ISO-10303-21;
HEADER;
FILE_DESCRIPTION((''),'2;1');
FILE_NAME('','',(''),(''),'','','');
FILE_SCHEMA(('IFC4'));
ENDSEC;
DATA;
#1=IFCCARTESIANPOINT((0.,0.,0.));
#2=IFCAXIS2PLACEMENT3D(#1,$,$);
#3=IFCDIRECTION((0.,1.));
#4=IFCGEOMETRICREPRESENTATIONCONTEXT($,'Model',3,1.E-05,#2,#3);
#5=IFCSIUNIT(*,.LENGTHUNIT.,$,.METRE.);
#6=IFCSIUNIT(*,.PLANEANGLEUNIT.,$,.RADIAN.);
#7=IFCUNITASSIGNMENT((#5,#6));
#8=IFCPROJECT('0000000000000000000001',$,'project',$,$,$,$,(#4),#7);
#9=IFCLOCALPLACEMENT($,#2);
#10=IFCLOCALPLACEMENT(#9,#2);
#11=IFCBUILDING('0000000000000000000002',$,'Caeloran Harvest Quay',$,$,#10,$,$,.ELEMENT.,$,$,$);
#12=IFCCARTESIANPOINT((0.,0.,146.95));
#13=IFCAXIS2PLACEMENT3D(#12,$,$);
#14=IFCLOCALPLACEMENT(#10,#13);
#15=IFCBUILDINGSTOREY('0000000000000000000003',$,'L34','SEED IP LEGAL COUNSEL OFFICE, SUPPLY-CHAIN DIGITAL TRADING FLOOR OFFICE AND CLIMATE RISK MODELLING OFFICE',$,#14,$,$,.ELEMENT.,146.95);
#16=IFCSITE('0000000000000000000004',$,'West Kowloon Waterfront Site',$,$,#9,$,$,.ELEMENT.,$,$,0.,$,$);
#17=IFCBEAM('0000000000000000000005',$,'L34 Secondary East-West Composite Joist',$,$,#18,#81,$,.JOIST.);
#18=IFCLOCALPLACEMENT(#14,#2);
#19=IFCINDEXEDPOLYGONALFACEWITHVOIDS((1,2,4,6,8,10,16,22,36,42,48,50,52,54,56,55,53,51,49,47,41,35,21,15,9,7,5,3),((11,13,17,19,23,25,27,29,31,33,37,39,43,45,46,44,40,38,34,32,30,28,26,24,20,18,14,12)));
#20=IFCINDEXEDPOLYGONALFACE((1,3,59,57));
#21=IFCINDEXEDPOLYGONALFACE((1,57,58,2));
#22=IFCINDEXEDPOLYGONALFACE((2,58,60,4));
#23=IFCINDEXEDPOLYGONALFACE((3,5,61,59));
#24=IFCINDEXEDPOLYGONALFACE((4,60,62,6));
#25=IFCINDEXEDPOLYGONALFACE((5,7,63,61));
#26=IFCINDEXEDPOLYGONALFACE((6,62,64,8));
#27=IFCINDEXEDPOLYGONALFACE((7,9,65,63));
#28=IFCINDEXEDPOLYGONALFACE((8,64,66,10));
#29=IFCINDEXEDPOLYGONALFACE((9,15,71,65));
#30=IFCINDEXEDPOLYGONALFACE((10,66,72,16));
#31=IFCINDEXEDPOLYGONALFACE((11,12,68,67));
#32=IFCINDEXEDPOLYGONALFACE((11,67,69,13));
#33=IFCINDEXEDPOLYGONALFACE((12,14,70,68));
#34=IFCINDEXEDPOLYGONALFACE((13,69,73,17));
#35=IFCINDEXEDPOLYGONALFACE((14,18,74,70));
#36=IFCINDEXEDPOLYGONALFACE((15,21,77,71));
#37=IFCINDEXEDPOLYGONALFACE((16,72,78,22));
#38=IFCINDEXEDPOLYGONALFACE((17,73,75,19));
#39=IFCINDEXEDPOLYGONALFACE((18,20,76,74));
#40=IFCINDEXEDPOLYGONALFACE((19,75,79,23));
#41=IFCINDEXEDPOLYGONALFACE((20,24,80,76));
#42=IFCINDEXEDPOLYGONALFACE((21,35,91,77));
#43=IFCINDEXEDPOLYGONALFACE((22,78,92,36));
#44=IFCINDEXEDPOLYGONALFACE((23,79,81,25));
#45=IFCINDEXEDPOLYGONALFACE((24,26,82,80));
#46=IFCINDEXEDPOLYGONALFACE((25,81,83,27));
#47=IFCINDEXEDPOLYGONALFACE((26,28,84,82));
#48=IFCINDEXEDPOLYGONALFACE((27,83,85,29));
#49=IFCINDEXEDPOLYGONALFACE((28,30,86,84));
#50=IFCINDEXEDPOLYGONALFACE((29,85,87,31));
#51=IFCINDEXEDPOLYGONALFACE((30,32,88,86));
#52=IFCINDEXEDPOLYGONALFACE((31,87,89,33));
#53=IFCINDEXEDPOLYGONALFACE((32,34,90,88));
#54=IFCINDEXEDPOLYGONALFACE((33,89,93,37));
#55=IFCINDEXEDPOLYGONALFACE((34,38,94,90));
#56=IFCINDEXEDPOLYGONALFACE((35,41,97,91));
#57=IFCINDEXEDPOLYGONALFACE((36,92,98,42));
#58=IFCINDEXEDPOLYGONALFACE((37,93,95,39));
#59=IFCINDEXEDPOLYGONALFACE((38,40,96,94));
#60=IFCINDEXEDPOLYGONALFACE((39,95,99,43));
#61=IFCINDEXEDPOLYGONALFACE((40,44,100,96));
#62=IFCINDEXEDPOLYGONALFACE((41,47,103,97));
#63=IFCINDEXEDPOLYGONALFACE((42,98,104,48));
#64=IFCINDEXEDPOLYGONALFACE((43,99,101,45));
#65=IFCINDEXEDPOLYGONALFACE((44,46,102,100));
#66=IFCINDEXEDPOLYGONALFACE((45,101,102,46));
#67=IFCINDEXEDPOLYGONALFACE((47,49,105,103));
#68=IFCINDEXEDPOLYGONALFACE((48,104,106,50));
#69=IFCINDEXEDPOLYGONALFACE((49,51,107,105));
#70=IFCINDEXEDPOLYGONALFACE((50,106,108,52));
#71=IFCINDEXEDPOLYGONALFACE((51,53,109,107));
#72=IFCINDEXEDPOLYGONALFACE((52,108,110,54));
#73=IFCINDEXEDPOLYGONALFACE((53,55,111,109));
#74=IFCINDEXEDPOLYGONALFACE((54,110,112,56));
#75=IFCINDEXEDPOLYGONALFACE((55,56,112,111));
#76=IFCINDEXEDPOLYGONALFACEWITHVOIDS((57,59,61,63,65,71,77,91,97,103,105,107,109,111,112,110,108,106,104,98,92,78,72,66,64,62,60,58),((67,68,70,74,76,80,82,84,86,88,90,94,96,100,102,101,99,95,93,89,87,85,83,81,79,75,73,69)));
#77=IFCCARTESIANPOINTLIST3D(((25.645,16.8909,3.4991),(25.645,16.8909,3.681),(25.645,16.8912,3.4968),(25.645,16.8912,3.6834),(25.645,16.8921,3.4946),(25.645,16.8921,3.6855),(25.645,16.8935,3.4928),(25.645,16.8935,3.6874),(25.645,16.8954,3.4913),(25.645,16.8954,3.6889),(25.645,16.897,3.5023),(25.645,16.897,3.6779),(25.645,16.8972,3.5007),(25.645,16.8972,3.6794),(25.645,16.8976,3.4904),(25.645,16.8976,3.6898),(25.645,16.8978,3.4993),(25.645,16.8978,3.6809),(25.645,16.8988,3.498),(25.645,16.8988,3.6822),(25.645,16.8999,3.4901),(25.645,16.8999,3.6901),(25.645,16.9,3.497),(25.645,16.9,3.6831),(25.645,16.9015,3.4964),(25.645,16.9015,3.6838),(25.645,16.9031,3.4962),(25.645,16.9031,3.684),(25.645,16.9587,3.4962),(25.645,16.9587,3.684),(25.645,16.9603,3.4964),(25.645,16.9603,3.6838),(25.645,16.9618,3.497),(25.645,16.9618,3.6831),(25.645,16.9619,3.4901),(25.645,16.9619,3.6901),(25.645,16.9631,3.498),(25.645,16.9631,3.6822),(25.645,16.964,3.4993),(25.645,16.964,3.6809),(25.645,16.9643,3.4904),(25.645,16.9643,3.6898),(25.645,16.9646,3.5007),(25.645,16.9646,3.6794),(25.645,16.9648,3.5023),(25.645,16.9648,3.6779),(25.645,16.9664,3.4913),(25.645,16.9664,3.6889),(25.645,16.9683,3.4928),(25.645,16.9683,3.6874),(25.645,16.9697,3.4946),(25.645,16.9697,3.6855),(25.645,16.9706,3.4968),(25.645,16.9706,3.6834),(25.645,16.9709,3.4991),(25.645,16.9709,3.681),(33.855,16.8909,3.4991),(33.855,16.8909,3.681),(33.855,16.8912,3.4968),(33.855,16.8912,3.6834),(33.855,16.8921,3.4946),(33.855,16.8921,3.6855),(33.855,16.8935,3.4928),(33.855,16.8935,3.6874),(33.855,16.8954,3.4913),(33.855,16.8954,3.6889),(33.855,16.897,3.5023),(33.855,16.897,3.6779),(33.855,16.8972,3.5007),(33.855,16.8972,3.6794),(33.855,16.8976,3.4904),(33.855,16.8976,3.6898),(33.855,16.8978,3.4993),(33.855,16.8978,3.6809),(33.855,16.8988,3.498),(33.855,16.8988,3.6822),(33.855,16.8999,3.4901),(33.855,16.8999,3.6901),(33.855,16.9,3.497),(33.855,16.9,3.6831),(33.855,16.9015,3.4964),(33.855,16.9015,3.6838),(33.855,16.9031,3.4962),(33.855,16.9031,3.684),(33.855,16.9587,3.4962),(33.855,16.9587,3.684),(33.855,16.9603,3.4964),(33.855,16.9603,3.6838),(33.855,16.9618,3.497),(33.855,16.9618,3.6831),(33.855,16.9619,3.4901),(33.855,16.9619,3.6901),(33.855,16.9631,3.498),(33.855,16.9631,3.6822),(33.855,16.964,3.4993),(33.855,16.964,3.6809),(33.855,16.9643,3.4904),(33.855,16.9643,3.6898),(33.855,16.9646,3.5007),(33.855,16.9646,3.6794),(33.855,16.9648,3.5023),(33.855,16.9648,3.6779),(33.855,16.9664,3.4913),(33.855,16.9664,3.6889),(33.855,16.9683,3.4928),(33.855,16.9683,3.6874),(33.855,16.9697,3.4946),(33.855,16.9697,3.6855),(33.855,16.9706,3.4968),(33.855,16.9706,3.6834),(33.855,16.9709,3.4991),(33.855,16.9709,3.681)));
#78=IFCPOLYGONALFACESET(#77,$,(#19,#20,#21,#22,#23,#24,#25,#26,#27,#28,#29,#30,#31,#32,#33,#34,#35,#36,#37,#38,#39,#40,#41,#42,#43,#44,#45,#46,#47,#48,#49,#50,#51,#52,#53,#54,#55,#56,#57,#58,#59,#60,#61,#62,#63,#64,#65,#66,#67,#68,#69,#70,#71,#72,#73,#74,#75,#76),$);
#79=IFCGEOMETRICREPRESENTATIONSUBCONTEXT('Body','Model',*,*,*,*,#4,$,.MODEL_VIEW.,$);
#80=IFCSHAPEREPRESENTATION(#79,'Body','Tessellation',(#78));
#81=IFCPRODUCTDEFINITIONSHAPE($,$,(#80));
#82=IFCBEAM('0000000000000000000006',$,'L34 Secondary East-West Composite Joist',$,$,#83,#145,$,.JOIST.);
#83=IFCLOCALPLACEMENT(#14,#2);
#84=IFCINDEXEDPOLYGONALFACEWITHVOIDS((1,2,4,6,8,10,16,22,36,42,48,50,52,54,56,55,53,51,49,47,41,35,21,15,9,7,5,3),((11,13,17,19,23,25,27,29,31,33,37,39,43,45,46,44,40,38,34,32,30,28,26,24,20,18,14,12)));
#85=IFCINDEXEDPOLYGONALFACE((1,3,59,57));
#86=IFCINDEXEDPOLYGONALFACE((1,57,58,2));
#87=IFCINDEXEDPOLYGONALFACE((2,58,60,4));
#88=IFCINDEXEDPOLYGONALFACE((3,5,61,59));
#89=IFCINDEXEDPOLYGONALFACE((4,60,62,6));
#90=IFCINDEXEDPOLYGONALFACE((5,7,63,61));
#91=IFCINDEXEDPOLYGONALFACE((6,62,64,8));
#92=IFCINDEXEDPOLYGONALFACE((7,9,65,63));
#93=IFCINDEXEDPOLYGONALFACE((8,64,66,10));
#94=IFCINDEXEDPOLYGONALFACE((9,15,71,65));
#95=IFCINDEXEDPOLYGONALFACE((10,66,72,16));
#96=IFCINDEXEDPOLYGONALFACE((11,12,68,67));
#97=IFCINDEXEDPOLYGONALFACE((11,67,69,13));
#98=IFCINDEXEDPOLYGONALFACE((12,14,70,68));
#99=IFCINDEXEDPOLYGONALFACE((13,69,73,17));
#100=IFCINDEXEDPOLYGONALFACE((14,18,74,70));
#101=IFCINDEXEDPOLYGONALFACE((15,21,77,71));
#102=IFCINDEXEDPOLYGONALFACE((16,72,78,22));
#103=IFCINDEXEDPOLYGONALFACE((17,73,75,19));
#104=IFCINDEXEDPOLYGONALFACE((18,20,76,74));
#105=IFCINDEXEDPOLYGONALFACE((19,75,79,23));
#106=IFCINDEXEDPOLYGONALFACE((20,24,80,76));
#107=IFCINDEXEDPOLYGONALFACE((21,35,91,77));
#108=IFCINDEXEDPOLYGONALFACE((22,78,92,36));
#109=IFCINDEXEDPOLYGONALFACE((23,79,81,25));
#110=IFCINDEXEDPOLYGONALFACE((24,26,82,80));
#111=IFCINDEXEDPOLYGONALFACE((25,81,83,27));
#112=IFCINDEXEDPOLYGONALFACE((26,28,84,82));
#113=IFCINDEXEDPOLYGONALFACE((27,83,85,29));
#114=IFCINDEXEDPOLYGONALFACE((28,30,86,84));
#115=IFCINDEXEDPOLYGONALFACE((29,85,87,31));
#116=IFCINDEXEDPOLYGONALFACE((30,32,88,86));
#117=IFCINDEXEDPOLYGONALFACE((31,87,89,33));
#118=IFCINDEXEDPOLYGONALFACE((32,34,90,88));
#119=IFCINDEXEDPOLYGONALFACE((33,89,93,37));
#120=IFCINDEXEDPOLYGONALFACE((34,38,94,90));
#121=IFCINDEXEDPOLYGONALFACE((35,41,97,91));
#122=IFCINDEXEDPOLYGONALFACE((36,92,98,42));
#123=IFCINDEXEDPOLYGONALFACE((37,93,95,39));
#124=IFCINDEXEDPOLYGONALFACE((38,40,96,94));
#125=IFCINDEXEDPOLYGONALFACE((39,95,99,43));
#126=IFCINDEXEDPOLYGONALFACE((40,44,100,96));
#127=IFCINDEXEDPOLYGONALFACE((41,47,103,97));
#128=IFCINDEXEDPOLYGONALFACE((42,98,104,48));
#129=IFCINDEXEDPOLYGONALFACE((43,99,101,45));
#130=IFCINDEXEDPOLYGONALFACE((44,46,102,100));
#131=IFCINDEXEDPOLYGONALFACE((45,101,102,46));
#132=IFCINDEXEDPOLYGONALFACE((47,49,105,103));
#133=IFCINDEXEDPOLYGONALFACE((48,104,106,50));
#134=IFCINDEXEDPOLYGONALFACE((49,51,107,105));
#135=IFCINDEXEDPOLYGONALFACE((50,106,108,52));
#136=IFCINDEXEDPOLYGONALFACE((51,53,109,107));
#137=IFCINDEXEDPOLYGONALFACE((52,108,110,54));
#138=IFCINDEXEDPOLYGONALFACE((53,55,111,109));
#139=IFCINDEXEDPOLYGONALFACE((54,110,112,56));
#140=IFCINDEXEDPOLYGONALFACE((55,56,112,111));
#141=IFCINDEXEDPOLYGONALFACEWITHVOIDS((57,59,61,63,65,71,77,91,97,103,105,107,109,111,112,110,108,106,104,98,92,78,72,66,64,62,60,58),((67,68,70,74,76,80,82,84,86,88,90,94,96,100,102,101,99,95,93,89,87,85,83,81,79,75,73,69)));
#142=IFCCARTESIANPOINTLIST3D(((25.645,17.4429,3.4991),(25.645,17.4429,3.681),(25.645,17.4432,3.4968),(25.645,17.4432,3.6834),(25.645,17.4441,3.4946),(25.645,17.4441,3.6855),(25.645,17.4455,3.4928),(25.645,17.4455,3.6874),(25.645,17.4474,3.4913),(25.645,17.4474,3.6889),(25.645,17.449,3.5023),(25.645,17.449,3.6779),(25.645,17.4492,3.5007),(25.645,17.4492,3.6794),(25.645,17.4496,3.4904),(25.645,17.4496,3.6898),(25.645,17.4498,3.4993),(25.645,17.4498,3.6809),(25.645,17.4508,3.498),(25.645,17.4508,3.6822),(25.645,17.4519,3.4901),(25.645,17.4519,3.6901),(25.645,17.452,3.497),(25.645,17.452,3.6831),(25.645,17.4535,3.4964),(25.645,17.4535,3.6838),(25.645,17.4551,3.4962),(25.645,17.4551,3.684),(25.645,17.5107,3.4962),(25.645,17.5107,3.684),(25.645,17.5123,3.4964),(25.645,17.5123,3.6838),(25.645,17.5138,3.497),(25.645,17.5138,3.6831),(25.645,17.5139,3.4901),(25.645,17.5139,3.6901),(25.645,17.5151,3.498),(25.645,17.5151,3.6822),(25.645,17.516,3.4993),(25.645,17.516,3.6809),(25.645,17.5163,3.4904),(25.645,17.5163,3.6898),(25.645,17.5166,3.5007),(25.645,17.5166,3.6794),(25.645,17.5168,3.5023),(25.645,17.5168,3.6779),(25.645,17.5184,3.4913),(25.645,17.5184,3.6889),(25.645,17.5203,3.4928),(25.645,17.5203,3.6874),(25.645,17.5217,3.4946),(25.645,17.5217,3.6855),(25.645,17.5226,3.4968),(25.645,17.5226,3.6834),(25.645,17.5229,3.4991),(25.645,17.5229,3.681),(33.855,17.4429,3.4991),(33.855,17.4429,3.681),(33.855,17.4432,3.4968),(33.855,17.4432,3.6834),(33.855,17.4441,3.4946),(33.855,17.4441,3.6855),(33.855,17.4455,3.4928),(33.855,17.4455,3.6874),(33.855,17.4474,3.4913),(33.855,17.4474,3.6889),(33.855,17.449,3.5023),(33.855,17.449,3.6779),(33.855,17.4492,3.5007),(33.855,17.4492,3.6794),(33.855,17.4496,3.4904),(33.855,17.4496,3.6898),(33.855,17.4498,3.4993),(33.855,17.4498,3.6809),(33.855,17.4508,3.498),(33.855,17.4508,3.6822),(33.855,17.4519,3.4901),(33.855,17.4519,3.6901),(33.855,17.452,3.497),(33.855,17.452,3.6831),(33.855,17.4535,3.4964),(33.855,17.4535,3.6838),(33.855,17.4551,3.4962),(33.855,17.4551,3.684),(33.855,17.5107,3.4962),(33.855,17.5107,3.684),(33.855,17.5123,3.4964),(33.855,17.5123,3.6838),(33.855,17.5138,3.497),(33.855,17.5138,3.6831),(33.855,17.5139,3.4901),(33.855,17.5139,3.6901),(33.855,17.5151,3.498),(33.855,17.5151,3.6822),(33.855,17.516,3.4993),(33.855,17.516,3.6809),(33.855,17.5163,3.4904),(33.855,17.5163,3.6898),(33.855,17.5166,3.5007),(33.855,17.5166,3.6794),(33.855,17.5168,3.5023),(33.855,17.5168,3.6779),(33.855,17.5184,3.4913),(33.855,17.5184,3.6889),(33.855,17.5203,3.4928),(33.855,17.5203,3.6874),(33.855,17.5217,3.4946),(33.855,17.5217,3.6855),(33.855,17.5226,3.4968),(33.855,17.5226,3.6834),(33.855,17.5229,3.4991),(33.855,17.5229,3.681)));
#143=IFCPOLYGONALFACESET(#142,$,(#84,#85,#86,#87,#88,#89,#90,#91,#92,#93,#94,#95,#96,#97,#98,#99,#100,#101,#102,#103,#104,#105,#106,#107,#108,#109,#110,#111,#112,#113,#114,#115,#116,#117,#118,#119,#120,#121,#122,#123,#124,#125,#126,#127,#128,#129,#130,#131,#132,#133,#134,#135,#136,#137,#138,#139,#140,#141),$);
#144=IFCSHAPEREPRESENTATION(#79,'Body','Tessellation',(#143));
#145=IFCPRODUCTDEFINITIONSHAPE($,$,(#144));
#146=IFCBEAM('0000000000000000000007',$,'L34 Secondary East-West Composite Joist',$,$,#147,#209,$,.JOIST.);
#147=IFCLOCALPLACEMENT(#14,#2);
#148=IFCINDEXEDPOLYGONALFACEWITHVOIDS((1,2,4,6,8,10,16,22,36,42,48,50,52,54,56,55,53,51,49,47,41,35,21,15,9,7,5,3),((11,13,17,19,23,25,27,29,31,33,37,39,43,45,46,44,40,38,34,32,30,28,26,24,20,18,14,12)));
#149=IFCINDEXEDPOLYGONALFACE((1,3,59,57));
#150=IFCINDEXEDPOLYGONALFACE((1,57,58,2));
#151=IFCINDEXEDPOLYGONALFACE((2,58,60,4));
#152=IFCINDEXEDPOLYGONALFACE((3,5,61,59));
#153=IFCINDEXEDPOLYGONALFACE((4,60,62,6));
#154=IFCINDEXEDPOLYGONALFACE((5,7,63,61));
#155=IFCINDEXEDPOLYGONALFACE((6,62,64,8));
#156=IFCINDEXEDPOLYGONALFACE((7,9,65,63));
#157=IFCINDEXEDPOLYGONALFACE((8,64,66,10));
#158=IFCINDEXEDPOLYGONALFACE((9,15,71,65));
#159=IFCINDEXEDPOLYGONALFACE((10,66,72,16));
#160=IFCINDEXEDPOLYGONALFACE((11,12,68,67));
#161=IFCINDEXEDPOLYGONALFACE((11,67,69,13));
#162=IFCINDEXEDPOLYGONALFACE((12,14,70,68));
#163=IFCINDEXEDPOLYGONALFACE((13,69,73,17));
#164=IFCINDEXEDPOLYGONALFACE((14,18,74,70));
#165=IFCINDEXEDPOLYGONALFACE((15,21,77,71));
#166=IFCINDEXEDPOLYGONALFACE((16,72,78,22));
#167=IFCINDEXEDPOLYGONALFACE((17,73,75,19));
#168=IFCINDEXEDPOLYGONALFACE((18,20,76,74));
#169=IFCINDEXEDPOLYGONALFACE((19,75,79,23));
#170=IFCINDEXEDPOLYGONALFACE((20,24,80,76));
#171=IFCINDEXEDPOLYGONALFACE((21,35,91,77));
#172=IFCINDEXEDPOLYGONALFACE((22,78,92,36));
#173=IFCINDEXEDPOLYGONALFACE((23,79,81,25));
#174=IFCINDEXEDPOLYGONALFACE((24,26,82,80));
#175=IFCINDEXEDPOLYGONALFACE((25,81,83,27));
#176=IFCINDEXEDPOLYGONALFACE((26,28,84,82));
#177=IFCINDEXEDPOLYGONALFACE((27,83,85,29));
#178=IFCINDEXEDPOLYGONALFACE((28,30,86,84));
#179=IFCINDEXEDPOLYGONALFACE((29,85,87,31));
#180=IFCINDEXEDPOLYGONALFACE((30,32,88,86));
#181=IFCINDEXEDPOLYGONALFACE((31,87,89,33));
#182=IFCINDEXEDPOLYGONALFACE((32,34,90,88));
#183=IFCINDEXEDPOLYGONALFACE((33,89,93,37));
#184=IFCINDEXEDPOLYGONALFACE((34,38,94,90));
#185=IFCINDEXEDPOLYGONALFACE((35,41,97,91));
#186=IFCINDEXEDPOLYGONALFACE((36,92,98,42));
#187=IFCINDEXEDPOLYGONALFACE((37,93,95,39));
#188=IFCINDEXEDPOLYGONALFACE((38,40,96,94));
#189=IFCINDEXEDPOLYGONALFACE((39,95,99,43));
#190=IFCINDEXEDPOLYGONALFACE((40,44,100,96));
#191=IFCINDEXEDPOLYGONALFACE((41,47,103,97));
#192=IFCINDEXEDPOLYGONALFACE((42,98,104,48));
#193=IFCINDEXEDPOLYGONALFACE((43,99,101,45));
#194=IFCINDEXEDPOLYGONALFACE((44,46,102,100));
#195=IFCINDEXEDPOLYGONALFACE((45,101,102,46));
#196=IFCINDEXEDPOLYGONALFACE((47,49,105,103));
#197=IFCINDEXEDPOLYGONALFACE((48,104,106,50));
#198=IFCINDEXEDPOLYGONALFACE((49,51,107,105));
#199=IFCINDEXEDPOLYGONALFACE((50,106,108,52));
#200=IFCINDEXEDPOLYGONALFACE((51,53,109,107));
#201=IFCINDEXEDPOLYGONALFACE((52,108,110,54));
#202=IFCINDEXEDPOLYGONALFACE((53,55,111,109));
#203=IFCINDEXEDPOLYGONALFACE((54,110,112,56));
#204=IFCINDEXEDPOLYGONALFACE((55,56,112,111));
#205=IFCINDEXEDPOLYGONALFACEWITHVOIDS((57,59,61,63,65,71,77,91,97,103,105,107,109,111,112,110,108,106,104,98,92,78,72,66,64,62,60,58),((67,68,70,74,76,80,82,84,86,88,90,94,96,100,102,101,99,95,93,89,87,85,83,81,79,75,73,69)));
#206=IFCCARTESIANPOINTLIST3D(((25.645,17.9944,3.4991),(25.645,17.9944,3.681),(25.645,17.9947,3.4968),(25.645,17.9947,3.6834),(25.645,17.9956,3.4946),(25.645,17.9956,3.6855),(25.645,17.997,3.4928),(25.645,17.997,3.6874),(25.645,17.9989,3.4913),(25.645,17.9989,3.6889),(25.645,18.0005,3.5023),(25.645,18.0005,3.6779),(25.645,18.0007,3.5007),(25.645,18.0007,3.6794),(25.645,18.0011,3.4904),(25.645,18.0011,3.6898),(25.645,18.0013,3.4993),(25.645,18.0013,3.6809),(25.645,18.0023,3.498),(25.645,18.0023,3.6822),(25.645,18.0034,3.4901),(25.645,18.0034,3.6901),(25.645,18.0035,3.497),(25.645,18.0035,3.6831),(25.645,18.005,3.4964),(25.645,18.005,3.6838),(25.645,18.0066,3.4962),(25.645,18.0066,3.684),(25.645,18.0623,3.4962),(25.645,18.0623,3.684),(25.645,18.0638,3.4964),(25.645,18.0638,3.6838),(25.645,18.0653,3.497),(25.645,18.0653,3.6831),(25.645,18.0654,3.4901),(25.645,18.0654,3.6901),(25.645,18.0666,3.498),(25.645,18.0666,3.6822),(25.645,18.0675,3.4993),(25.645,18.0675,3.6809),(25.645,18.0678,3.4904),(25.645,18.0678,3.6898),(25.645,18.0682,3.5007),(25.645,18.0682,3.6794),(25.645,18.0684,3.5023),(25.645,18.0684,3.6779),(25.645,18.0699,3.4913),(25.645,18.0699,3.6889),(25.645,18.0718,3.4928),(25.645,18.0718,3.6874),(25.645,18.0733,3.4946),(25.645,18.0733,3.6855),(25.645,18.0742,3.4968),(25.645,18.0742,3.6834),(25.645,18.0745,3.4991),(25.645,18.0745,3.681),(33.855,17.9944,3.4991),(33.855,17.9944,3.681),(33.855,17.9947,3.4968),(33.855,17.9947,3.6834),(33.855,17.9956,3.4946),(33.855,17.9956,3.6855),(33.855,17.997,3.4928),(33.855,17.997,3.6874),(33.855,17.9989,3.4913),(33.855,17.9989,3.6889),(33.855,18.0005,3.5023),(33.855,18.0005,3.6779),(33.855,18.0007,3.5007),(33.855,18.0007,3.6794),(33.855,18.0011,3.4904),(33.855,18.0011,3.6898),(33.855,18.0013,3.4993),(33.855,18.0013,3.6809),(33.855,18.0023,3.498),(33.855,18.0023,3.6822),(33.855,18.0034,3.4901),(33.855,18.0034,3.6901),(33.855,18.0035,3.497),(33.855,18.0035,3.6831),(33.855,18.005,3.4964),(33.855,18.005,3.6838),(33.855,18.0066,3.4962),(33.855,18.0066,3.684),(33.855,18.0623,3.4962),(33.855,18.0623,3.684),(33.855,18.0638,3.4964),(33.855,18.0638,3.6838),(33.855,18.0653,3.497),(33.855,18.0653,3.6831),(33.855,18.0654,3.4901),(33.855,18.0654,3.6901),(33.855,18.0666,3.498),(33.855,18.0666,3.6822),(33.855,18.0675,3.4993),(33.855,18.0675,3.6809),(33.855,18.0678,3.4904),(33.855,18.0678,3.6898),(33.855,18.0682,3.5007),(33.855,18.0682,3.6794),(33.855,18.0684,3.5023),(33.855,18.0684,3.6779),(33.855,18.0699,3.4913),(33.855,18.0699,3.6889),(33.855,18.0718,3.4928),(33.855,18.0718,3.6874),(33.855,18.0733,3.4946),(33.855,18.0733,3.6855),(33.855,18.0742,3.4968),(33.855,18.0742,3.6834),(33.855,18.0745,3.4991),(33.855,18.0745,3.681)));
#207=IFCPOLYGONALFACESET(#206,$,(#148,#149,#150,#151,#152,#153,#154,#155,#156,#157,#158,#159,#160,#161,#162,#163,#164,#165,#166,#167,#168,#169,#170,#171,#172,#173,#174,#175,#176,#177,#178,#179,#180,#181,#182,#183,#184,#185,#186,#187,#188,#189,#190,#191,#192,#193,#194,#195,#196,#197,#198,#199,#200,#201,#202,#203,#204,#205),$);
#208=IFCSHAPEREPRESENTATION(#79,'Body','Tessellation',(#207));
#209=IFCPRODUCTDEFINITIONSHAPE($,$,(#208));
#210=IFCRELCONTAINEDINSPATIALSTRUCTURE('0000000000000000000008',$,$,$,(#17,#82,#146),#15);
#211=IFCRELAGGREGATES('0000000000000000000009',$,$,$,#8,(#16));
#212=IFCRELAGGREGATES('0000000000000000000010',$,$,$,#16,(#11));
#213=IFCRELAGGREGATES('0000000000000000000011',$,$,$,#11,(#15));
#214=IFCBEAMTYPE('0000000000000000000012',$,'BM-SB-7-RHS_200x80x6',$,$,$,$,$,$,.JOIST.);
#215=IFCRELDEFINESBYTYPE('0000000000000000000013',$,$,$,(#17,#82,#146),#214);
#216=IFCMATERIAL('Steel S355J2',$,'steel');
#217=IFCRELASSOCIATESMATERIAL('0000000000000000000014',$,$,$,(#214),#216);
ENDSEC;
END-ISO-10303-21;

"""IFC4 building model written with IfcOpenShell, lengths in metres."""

from ifc_helpers import new_model, si_unit, direction, frame, origin, origin_2d, place, context, subcontext, project, spatial, hollow_rectangle, extrude, material, material_profile, profile_set, type_object, element, save


model = new_model("IFC4")

# Units and contexts
model_context = context("Model", 3, precision=1e-05, world=origin(), true_north=direction((0.0, 1.0)))
body_context = subcontext(model_context, "Body", "Model", "MODEL_VIEW")
ifc_project = project(units=[si_unit("LENGTHUNIT", "METRE"), si_unit("PLANEANGLEUNIT", "RADIAN")], contexts=[model_context])

# Site, building, storey
site_placement = place(None, origin())
site = spatial("IfcSite", under=ifc_project, at=site_placement, Name="West Kowloon Waterfront Site", CompositionType="ELEMENT", RefElevation=0.0)
building_placement = place(site_placement, origin())
building = spatial("IfcBuilding", under=site, at=building_placement, Name="Caeloran Harvest Quay", CompositionType="ELEMENT")
storey_placement = place(building_placement, frame((0.0, 0.0, 146.95)))
storey = spatial("IfcBuildingStorey", under=building, at=storey_placement, Name="L34", Description="SEED IP LEGAL COUNSEL OFFICE, SUPPLY-CHAIN DIGITAL TRADING FLOOR OFFICE AND CLIMATE RISK MODELLING OFFICE", CompositionType="ELEMENT", Elevation=146.95)

# Beams
ifc_material_1 = material(Name="Steel S355J2", Category="steel")
ifc_material_profile_1 = material_profile(ifc_material_1, hollow_rectangle(XDim=0.0801, YDim=0.2, WallThickness=0.0061, InnerFilletRadius=0.0061, OuterFilletRadius=0.009, at=origin_2d()), Name="RHS 200x80x6")
ifc_profile_set_1 = profile_set([ifc_material_profile_1], Name="Steel S355J2")
beam_type_1 = type_object("IfcBeamType", Name="BM-SB-7-RHS_200x80x6", PredefinedType="JOIST", material=ifc_profile_set_1)
for number, where, z_axis, x_axis, name in (
    (1, (25.645, 16.9309, 3.5901), (1.0, 0.0, 0.0), (0.0, 1.0, 0.0), "L34 Secondary East-West Composite Joist"),
    (2, (25.645, 17.4829, 3.5901), (1.0, 0.0, 0.0), (0.0, 1.0, 0.0), "L34 Secondary East-West Composite Joist"),
    (3, (25.645, 18.0344, 3.5901), (1.0, 0.0, 0.0), (0.0, 1.0, 0.0), "L34 Secondary East-West Composite Joist"),
):
    element("IfcBeam", number, at=place(storey_placement, frame(where, z_axis=z_axis, x_axis=x_axis)), inside=storey, type_object=beam_type_1, Name=name, PredefinedType="JOIST", context=body_context, shape_type="SweptSolid", body=[
        extrude(hollow_rectangle(XDim=0.0801, YDim=0.2, WallThickness=0.0061, InnerFilletRadius=0.0061, OuterFilletRadius=0.009, at=origin_2d()), origin(), (0.0, 0.0, 1.0), 8.21),
    ])

save(model, "model.ifc")
